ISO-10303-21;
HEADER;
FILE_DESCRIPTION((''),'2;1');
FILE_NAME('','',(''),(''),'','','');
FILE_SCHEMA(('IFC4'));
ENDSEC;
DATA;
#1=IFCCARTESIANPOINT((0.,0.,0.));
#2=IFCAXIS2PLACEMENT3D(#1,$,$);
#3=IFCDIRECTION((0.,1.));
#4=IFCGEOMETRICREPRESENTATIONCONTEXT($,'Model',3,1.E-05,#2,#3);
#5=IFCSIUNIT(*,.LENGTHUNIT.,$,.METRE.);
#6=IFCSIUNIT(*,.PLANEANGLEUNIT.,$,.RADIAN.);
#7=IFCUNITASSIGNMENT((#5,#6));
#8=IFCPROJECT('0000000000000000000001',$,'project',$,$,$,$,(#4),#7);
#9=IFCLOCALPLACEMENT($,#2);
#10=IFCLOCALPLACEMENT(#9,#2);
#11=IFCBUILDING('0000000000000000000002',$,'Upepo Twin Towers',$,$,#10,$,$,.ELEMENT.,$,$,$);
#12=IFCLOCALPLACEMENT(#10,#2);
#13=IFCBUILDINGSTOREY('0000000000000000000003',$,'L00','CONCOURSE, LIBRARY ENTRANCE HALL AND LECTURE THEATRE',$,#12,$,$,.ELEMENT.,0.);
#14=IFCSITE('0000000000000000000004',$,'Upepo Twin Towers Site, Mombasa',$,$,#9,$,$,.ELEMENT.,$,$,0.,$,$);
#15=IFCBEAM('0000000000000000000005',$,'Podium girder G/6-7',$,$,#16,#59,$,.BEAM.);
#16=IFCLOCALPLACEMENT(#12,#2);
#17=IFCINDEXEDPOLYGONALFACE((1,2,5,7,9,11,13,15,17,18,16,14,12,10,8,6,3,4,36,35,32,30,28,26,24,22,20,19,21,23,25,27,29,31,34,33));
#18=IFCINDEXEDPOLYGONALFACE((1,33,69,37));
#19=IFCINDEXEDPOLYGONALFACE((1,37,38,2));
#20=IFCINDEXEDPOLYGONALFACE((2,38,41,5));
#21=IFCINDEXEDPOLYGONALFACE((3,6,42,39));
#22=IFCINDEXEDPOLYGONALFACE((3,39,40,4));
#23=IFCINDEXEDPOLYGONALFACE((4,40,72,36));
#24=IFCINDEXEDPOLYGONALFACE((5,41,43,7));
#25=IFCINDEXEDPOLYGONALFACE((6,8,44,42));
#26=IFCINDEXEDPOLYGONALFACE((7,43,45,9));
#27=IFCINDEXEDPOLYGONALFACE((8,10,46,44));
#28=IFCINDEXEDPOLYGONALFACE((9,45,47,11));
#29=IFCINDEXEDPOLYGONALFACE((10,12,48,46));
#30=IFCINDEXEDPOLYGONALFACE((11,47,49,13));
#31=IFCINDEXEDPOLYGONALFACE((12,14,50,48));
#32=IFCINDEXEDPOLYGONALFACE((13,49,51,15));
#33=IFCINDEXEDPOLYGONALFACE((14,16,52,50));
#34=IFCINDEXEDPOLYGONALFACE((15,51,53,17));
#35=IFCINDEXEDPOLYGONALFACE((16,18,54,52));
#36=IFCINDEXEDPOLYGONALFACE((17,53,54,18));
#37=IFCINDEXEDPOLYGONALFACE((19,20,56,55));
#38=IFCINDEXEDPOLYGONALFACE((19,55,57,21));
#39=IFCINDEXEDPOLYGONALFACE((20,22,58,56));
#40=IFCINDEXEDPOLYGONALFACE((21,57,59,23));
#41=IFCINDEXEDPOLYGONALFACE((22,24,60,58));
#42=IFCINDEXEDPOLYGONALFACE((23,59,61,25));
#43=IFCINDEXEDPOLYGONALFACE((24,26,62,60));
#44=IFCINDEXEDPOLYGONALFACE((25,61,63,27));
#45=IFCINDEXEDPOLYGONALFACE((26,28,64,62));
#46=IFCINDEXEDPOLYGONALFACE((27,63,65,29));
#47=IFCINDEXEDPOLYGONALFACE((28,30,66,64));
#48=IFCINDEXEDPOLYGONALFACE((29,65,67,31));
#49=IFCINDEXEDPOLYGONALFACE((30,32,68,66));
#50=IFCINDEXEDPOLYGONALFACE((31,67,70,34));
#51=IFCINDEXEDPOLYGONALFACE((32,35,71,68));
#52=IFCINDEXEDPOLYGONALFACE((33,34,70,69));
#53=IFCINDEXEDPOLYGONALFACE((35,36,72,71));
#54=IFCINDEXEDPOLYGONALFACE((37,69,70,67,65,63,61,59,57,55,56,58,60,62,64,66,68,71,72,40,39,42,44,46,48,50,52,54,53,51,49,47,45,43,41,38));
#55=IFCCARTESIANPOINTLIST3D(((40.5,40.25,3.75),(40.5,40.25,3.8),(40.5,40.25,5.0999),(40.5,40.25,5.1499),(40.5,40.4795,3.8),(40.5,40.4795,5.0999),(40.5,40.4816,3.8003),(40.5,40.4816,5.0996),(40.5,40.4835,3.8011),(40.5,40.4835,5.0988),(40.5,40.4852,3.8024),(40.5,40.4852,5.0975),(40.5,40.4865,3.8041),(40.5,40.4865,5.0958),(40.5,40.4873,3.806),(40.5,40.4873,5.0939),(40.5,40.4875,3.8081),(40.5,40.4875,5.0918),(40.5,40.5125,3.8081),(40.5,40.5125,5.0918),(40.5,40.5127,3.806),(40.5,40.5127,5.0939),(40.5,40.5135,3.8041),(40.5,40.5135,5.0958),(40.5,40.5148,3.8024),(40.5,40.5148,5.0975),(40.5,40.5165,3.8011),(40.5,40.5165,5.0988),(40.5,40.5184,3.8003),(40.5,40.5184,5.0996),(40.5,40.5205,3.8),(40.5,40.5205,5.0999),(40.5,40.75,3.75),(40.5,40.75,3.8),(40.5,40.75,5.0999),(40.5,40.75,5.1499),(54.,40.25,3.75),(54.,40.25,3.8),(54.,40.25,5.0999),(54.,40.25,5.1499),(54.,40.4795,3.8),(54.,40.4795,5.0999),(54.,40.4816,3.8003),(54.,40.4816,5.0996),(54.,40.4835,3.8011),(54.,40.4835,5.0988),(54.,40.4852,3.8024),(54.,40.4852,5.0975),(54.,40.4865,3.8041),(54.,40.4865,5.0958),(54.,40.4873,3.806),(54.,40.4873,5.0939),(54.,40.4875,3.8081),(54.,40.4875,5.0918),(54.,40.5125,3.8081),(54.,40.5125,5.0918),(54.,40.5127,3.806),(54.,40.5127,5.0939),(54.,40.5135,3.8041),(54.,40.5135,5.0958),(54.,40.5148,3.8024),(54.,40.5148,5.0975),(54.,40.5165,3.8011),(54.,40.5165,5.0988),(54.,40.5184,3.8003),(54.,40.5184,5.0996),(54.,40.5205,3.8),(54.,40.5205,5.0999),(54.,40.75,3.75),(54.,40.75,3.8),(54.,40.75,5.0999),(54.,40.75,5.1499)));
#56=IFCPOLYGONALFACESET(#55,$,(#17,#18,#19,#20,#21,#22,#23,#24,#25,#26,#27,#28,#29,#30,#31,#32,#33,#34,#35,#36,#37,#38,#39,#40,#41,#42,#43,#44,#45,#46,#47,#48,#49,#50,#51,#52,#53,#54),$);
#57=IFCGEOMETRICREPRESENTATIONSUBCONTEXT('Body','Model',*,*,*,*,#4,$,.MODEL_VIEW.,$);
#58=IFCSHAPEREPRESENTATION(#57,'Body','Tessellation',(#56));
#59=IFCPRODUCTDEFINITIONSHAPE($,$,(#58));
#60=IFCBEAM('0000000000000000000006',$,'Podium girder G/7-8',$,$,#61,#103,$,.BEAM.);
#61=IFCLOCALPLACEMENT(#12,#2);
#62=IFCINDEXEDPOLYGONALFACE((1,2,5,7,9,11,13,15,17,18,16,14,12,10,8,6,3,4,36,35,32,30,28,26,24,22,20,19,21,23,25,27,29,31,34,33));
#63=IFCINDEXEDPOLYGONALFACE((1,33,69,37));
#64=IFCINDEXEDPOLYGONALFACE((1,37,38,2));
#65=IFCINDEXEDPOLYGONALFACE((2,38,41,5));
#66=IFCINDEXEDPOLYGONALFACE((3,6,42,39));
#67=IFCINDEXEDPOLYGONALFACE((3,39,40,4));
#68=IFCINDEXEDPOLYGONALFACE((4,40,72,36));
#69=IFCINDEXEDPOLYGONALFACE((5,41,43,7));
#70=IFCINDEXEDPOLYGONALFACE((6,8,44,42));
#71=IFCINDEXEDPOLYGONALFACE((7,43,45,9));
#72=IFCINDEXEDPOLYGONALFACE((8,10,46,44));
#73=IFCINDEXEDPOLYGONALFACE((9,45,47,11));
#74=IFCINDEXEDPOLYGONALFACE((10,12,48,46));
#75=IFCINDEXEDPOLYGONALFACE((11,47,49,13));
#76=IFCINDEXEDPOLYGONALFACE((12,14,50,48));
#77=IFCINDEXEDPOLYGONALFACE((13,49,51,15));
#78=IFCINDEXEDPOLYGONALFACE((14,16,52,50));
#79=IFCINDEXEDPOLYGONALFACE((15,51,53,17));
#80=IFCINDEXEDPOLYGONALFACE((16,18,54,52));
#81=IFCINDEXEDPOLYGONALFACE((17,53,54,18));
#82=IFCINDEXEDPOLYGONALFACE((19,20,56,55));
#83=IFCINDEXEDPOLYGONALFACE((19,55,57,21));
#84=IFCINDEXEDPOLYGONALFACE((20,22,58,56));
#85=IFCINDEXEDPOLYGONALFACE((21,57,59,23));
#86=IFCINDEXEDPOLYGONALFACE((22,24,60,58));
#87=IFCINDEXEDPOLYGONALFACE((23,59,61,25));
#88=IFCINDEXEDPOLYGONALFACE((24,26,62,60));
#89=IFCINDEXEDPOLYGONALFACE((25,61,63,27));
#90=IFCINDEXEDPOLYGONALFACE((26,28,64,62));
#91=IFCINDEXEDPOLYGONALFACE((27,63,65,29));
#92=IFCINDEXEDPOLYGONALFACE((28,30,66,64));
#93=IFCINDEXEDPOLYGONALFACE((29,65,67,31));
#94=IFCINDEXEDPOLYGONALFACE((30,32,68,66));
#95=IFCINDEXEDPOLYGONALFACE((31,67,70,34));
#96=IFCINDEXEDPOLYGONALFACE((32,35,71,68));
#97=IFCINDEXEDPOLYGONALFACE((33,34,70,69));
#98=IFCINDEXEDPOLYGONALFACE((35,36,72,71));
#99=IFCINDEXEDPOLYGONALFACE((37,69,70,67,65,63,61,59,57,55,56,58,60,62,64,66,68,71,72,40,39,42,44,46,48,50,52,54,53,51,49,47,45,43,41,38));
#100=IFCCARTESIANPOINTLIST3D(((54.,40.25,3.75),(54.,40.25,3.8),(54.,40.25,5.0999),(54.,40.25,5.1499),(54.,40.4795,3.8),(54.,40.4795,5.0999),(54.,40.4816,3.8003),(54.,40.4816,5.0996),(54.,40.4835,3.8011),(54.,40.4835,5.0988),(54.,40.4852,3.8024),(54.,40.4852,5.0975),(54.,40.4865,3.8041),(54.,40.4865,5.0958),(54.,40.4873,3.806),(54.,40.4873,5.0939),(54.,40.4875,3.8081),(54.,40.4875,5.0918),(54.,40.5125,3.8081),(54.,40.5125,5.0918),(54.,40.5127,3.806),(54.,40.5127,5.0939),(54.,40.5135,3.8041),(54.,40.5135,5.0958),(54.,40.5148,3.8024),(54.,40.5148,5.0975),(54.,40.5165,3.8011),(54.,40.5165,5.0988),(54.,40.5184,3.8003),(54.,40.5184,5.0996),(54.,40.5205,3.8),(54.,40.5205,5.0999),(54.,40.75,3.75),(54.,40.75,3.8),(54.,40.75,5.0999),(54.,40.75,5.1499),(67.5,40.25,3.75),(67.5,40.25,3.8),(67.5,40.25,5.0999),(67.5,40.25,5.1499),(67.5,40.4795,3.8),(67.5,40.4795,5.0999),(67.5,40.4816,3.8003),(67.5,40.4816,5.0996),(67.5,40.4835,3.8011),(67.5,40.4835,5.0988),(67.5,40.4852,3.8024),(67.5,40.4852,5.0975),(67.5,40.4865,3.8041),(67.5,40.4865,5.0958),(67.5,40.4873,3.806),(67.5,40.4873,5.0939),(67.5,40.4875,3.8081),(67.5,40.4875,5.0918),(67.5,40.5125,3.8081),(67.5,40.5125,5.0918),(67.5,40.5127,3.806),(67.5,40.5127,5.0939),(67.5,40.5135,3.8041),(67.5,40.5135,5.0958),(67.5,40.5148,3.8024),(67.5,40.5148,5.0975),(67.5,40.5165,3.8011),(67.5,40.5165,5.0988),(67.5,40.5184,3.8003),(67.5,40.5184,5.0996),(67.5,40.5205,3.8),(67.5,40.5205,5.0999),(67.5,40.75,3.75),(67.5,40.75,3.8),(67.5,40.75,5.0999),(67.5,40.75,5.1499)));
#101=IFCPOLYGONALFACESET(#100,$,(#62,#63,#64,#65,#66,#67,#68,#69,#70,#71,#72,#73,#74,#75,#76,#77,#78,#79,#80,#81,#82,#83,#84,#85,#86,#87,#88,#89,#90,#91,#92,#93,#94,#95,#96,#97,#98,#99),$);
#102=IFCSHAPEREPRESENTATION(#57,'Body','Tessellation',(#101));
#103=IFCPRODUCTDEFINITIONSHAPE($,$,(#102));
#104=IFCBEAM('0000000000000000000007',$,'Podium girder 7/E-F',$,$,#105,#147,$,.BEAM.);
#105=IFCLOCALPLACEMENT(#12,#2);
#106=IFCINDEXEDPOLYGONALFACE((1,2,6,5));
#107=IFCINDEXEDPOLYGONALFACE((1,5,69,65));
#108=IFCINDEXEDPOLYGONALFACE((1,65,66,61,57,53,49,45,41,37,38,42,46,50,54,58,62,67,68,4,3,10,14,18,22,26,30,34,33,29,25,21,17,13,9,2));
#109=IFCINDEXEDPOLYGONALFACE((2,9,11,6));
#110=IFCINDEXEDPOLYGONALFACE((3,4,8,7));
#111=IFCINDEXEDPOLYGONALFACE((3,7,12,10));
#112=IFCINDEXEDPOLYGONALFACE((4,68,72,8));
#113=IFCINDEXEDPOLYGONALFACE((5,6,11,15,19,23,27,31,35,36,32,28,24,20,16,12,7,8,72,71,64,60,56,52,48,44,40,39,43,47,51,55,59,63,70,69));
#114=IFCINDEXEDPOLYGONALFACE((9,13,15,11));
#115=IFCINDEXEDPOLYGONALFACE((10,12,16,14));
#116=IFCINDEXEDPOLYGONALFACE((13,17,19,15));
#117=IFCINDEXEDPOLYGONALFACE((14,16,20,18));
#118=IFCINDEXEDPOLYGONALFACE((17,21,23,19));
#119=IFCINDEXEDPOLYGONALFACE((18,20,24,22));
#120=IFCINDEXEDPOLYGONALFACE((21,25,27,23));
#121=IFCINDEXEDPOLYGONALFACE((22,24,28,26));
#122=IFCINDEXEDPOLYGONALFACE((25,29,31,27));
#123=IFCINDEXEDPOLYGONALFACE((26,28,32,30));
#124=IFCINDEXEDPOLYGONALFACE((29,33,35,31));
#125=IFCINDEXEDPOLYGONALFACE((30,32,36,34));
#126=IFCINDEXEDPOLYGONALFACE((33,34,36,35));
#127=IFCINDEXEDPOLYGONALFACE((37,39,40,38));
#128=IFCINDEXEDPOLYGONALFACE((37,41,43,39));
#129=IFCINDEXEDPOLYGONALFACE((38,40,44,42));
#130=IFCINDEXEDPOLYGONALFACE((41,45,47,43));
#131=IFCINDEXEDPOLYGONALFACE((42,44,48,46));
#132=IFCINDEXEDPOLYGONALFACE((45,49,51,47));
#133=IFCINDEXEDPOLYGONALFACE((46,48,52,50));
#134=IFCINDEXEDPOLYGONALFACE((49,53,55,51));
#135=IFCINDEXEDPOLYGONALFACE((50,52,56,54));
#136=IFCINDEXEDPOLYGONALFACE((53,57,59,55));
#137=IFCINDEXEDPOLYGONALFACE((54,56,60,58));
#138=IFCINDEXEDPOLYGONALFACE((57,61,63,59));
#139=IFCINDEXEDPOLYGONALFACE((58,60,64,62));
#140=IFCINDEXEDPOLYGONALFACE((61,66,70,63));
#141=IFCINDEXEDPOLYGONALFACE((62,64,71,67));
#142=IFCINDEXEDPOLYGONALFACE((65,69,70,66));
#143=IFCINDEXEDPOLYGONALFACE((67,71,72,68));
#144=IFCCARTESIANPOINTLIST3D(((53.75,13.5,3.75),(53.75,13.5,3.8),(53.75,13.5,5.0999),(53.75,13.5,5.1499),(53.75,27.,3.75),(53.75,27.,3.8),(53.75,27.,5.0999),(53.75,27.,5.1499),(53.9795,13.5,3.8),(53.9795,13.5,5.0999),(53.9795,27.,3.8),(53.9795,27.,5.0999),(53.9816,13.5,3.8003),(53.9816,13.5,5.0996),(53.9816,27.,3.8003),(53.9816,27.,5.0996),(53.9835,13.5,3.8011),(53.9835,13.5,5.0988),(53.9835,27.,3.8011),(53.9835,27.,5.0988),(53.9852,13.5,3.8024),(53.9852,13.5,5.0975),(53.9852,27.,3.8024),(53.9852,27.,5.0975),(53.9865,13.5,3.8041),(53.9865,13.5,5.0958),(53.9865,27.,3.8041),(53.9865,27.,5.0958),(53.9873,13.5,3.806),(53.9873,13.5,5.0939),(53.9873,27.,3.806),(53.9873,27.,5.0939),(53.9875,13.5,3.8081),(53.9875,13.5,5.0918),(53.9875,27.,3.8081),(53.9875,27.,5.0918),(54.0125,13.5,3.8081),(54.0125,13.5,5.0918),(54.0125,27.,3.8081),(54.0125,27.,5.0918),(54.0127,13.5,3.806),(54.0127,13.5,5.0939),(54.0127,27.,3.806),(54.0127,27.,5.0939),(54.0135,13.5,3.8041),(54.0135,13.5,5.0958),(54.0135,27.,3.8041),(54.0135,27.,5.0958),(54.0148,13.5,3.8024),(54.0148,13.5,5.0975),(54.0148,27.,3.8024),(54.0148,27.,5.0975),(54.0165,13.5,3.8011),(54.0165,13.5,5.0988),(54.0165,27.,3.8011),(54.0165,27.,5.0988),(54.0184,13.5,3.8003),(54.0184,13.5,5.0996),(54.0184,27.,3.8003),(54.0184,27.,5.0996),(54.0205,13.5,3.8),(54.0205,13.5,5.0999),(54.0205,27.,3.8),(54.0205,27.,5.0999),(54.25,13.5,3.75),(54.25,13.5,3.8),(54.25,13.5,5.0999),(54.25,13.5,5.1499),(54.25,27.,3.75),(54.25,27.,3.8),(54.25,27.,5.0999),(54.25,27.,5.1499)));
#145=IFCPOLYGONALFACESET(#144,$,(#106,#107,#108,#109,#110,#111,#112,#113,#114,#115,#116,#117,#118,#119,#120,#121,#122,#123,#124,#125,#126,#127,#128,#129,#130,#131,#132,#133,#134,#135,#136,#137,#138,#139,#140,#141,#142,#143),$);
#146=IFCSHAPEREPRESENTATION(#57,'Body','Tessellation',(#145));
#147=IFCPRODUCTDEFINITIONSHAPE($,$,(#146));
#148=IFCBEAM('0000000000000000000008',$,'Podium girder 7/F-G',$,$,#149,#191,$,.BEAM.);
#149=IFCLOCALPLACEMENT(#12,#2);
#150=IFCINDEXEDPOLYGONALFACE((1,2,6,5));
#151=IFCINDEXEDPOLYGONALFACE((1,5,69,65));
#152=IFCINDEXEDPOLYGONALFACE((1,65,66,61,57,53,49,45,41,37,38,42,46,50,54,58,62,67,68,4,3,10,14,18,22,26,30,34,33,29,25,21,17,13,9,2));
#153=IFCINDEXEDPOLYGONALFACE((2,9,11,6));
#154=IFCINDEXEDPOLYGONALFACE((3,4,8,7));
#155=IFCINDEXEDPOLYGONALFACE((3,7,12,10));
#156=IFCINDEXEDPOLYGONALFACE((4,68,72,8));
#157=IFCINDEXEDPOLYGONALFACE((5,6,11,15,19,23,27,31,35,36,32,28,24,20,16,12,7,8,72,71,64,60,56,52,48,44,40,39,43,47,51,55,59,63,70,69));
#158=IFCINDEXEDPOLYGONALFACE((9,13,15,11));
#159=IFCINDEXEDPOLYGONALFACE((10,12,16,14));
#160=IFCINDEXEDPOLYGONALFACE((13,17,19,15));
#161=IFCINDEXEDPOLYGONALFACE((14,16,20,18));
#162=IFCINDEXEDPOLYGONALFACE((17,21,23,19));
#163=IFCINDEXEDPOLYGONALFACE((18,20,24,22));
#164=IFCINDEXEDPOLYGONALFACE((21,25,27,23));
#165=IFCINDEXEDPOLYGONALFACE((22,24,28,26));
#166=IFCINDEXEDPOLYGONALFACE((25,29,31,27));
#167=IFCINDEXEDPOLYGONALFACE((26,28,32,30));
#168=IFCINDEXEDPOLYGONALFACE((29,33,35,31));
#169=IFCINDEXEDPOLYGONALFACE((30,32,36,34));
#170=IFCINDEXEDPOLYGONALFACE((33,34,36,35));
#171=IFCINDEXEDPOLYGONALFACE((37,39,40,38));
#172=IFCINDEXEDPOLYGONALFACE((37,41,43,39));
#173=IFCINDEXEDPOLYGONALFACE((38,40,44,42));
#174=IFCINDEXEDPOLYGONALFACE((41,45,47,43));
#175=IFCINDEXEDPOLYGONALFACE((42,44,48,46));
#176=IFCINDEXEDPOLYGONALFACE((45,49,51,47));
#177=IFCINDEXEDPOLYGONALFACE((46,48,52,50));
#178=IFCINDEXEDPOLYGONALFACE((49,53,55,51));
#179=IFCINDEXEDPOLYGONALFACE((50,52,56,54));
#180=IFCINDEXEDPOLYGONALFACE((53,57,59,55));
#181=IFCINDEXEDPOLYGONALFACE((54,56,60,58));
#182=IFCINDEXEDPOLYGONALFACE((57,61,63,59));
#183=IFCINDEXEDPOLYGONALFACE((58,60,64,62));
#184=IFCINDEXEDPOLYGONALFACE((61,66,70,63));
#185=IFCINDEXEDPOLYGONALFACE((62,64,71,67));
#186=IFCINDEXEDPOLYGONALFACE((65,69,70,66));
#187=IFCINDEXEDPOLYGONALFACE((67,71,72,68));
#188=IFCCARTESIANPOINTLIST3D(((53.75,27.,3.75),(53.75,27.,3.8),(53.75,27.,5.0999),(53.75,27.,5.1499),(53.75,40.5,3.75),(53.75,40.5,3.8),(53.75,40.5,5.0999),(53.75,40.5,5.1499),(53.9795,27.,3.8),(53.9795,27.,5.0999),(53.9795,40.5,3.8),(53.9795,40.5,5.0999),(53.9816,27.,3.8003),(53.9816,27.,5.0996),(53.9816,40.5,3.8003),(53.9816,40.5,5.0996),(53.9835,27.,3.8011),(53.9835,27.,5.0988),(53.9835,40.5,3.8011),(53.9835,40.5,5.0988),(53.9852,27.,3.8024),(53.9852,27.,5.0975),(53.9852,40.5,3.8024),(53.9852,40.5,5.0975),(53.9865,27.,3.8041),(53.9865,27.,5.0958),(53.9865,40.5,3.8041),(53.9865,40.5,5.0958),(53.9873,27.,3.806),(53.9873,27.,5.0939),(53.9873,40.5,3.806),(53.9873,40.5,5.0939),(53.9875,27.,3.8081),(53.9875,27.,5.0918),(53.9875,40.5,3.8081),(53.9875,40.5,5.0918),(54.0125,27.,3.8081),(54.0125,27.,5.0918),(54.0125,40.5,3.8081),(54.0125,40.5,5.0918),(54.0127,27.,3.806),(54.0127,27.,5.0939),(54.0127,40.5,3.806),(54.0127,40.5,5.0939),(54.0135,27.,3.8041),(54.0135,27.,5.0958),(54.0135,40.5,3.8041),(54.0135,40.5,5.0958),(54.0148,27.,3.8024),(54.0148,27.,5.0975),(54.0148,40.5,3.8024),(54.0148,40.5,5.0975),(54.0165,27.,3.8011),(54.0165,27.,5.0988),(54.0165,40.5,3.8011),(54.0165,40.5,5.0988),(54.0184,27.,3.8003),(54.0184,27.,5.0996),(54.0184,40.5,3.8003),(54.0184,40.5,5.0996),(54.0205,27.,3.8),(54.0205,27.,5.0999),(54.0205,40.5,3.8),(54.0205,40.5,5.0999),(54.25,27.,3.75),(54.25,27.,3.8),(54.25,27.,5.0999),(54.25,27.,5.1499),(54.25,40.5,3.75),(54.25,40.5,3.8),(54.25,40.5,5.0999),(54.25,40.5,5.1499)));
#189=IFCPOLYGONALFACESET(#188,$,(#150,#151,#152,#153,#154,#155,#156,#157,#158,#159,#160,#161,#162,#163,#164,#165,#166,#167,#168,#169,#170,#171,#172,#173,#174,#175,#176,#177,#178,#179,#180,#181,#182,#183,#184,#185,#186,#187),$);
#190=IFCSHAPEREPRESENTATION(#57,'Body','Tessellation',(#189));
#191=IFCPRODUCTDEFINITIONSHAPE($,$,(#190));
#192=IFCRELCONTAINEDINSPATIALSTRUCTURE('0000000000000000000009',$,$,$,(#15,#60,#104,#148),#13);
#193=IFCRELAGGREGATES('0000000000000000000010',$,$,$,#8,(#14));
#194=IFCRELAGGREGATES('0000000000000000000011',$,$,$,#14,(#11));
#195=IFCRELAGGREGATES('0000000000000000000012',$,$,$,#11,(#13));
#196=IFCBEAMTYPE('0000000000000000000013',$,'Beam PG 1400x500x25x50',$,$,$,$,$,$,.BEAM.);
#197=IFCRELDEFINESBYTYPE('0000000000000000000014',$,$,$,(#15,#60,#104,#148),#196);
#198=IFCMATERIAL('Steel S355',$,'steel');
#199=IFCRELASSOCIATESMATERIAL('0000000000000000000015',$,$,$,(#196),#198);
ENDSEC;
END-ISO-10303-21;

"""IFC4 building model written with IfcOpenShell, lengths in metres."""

from ifc_helpers import new_model, si_unit, direction, frame, origin, origin_2d, place, context, subcontext, project, spatial, i_section, extrude, material, material_profile, profile_set, type_object, element, save


model = new_model("IFC4")

# Units and contexts
model_context = context("Model", 3, precision=1e-05, world=origin(), true_north=direction((0.0, 1.0)))
body_context = subcontext(model_context, "Body", "Model", "MODEL_VIEW")
ifc_project = project(units=[si_unit("LENGTHUNIT", "METRE"), si_unit("PLANEANGLEUNIT", "RADIAN")], contexts=[model_context])

# Site, building, storey
site_placement = place(None, origin())
site = spatial("IfcSite", under=ifc_project, at=site_placement, Name="Upepo Twin Towers Site, Mombasa", CompositionType="ELEMENT", RefElevation=0.0)
building_placement = place(site_placement, origin())
building = spatial("IfcBuilding", under=site, at=building_placement, Name="Upepo Twin Towers", CompositionType="ELEMENT")
storey_placement = place(building_placement, origin())
storey = spatial("IfcBuildingStorey", under=building, at=storey_placement, Name="L00", Description="CONCOURSE, LIBRARY ENTRANCE HALL AND LECTURE THEATRE", CompositionType="ELEMENT", Elevation=0.0)

# Beams
ifc_material_1 = material(Name="Steel S355", Category="steel")
ifc_material_profile_1 = material_profile(ifc_material_1, i_section(OverallWidth=0.5, OverallDepth=1.3999, WebThickness=0.0249, FlangeThickness=0.05, FilletRadius=0.0081, at=origin_2d()), Name="PG 1400x500x25x50")
ifc_profile_set_1 = profile_set([ifc_material_profile_1], Name="Steel S355")
beam_type_1 = type_object("IfcBeamType", Name="Beam PG 1400x500x25x50", PredefinedType="BEAM", material=ifc_profile_set_1)
for number, where, z_axis, x_axis, name in (
    (1, (40.5, 40.5, 4.45), (1.0, 0.0, 0.0), (0.0, 1.0, 0.0), "Podium girder G/6-7"),
    (2, (54.0, 40.5, 4.45), (1.0, 0.0, 0.0), (0.0, 1.0, 0.0), "Podium girder G/7-8"),
    (3, (54.0, 13.5, 4.45), (0.0, 1.0, 0.0), (-1.0, 0.0, 0.0), "Podium girder 7/E-F"),
    (4, (54.0, 27.0, 4.45), (0.0, 1.0, 0.0), (-1.0, 0.0, 0.0), "Podium girder 7/F-G"),
):
    element("IfcBeam", number, at=place(storey_placement, frame(where, z_axis=z_axis, x_axis=x_axis)), inside=storey, type_object=beam_type_1, Name=name, PredefinedType="BEAM", context=body_context, shape_type="SweptSolid", body=[
        extrude(i_section(OverallWidth=0.5, OverallDepth=1.3999, WebThickness=0.0249, FlangeThickness=0.05, FilletRadius=0.0081, at=origin_2d()), origin(), (0.0, 0.0, 1.0), 13.5),
    ])

save(model, "model.ifc")
